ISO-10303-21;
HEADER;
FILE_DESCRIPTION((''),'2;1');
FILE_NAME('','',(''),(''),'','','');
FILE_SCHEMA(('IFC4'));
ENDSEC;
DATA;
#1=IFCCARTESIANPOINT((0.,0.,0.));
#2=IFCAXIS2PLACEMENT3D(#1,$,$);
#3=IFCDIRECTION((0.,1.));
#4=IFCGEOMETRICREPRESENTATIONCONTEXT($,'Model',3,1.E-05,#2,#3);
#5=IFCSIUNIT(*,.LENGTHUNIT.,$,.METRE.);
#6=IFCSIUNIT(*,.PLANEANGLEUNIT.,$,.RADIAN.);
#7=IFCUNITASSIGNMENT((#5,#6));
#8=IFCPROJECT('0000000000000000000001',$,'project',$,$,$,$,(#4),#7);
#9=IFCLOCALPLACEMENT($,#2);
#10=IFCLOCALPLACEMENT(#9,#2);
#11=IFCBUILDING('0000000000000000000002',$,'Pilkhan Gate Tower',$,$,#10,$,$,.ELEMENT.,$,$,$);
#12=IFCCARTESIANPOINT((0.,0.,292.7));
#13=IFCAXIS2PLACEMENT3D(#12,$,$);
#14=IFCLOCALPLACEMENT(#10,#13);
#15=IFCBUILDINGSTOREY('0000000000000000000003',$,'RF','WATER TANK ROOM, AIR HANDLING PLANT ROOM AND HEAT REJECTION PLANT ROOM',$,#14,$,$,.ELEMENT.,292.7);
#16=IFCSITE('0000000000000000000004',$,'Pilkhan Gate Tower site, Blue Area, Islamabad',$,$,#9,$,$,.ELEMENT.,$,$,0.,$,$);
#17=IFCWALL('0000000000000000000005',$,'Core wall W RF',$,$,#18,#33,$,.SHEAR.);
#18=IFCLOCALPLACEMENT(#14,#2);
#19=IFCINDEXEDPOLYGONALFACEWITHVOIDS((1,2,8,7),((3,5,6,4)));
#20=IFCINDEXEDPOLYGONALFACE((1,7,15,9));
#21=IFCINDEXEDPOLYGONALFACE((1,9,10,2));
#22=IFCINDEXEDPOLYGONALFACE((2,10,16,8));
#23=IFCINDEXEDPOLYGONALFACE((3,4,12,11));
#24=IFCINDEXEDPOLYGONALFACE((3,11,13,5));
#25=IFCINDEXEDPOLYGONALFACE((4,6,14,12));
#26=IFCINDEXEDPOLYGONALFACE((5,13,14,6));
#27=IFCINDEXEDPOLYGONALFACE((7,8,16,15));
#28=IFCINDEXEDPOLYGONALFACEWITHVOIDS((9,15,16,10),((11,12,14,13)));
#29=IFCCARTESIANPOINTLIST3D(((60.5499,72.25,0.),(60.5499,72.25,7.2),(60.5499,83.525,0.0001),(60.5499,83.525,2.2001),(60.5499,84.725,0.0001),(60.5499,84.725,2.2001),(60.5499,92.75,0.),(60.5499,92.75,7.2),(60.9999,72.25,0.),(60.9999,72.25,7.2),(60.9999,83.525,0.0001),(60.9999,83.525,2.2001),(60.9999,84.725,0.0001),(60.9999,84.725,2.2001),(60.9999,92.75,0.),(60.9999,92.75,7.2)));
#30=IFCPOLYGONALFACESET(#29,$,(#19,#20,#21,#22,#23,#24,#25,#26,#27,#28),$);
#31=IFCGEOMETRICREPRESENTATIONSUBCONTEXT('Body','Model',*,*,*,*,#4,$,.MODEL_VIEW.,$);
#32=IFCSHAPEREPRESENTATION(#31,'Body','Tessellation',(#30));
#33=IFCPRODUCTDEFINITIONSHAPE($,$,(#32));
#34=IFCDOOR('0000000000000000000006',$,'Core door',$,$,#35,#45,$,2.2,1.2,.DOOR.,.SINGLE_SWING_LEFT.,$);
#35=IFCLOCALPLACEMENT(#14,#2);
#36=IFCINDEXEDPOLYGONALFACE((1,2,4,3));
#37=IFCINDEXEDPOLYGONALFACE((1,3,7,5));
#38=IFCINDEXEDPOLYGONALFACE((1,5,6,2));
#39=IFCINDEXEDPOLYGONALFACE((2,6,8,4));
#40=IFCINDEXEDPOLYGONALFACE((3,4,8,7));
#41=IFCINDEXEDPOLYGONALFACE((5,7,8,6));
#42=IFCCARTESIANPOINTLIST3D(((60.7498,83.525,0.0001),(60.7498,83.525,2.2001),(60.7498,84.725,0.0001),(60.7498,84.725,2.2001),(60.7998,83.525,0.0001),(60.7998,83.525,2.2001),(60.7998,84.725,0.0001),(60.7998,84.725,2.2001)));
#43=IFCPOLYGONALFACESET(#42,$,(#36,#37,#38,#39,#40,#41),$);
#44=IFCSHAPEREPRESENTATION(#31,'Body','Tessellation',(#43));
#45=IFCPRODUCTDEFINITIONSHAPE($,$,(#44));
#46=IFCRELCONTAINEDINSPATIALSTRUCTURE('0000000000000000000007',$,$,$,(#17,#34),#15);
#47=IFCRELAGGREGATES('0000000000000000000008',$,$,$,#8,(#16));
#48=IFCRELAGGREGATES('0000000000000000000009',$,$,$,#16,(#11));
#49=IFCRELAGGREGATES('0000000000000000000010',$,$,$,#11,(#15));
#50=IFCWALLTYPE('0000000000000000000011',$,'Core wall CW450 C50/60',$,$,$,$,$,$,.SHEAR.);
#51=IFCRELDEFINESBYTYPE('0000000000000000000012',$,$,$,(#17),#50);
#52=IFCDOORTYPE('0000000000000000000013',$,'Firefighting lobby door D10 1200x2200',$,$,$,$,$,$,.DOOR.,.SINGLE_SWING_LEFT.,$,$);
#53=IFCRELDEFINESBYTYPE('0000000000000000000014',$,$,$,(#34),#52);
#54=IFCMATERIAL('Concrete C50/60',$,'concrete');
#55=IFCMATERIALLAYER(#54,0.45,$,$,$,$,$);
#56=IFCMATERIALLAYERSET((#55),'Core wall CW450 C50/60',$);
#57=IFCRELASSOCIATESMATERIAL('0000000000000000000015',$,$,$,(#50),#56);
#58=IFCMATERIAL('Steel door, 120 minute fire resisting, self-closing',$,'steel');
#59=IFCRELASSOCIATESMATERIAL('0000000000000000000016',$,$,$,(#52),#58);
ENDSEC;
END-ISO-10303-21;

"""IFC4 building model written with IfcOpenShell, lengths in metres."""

from ifc_helpers import new_model, si_unit, direction, frame, frame_2d, origin, place, context, subcontext, project, spatial, rectangle, extrude, material, layer, layer_set, type_object, element, fill, save


model = new_model("IFC4")

# Units and contexts
model_context = context("Model", 3, precision=1e-05, world=origin(), true_north=direction((0.0, 1.0)))
body_context = subcontext(model_context, "Body", "Model", "MODEL_VIEW")
ifc_project = project(units=[si_unit("LENGTHUNIT", "METRE"), si_unit("PLANEANGLEUNIT", "RADIAN")], contexts=[model_context])

# Site, building, storey
site_placement = place(None, origin())
site = spatial("IfcSite", under=ifc_project, at=site_placement, Name="Pilkhan Gate Tower site, Blue Area, Islamabad", CompositionType="ELEMENT", RefElevation=0.0)
building_placement = place(site_placement, origin())
building = spatial("IfcBuilding", under=site, at=building_placement, Name="Pilkhan Gate Tower", CompositionType="ELEMENT")
storey_placement = place(building_placement, frame((0.0, 0.0, 292.7)))
storey = spatial("IfcBuildingStorey", under=building, at=storey_placement, Name="RF", Description="WATER TANK ROOM, AIR HANDLING PLANT ROOM AND HEAT REJECTION PLANT ROOM", CompositionType="ELEMENT", Elevation=292.7)

# Wall, opening, door
ifc_material_1 = material(Name="Concrete C50/60", Category="concrete")
ifc_layer_1 = layer(ifc_material_1, 0.45)
ifc_layer_set_1 = layer_set([ifc_layer_1], Name="Core wall CW450 C50/60")
wall_type_1 = type_object("IfcWallType", Name="Core wall CW450 C50/60", PredefinedType="SHEAR", material=ifc_layer_set_1)
wall_1_placement = place(storey_placement, frame((60.7749, 92.75, 0.0), z_axis=(0.0, 0.0, 1.0), x_axis=(0.0, -1.0, 0.0)))
wall_1 = element("IfcWall", 1, at=wall_1_placement, inside=storey, type_object=wall_type_1, Name="Core wall W RF", PredefinedType="SHEAR", context=body_context, shape_type="SweptSolid", body=[
    extrude(rectangle(XDim=20.5, YDim=0.45, at=frame_2d((10.25, 0.0))), origin(), (0.0, 0.0, 1.0), 7.2),
])
opening_1_placement = place(wall_1_placement, frame((8.0249, 0.0, 0.0)))
opening_1 = element("IfcOpeningElement", 2, at=opening_1_placement, cuts=wall_1, PredefinedType="OPENING", context=body_context, shape_type="SweptSolid", body=[
    extrude(rectangle(XDim=1.2, YDim=2.2, at=frame_2d((0.6001, 1.1001))), frame((0.0, 0.2349, 0.0), z_axis=(0.0, -1.0, 0.0), x_axis=(1.0, 0.0, 0.0)), (0.0, 0.0, 1.0), 0.47),
])
ifc_material_2 = material(Name="Steel door, 120 minute fire resisting, self-closing", Category="steel")
door_type_1 = type_object("IfcDoorType", Name="Firefighting lobby door D10 1200x2200", OperationType="SINGLE_SWING_LEFT", PredefinedType="DOOR", material=ifc_material_2)
door_1_placement = place(opening_1_placement, origin())
door_1 = element("IfcDoor", 3, at=door_1_placement, inside=storey, type_object=door_type_1, Name="Core door", OperationType="SINGLE_SWING_LEFT", OverallHeight=2.2, OverallWidth=1.2, PredefinedType="DOOR", context=body_context, shape_type="SweptSolid", body=[
    extrude(rectangle(XDim=1.2, YDim=2.2, at=frame_2d((0.6001, 1.1001))), frame((0.0, 0.0249, 0.0), z_axis=(0.0, -1.0, 0.0), x_axis=(1.0, 0.0, 0.0)), (0.0, 0.0, 1.0), 0.05),
])
fill(opening_1, door_1)

save(model, "model.ifc")
